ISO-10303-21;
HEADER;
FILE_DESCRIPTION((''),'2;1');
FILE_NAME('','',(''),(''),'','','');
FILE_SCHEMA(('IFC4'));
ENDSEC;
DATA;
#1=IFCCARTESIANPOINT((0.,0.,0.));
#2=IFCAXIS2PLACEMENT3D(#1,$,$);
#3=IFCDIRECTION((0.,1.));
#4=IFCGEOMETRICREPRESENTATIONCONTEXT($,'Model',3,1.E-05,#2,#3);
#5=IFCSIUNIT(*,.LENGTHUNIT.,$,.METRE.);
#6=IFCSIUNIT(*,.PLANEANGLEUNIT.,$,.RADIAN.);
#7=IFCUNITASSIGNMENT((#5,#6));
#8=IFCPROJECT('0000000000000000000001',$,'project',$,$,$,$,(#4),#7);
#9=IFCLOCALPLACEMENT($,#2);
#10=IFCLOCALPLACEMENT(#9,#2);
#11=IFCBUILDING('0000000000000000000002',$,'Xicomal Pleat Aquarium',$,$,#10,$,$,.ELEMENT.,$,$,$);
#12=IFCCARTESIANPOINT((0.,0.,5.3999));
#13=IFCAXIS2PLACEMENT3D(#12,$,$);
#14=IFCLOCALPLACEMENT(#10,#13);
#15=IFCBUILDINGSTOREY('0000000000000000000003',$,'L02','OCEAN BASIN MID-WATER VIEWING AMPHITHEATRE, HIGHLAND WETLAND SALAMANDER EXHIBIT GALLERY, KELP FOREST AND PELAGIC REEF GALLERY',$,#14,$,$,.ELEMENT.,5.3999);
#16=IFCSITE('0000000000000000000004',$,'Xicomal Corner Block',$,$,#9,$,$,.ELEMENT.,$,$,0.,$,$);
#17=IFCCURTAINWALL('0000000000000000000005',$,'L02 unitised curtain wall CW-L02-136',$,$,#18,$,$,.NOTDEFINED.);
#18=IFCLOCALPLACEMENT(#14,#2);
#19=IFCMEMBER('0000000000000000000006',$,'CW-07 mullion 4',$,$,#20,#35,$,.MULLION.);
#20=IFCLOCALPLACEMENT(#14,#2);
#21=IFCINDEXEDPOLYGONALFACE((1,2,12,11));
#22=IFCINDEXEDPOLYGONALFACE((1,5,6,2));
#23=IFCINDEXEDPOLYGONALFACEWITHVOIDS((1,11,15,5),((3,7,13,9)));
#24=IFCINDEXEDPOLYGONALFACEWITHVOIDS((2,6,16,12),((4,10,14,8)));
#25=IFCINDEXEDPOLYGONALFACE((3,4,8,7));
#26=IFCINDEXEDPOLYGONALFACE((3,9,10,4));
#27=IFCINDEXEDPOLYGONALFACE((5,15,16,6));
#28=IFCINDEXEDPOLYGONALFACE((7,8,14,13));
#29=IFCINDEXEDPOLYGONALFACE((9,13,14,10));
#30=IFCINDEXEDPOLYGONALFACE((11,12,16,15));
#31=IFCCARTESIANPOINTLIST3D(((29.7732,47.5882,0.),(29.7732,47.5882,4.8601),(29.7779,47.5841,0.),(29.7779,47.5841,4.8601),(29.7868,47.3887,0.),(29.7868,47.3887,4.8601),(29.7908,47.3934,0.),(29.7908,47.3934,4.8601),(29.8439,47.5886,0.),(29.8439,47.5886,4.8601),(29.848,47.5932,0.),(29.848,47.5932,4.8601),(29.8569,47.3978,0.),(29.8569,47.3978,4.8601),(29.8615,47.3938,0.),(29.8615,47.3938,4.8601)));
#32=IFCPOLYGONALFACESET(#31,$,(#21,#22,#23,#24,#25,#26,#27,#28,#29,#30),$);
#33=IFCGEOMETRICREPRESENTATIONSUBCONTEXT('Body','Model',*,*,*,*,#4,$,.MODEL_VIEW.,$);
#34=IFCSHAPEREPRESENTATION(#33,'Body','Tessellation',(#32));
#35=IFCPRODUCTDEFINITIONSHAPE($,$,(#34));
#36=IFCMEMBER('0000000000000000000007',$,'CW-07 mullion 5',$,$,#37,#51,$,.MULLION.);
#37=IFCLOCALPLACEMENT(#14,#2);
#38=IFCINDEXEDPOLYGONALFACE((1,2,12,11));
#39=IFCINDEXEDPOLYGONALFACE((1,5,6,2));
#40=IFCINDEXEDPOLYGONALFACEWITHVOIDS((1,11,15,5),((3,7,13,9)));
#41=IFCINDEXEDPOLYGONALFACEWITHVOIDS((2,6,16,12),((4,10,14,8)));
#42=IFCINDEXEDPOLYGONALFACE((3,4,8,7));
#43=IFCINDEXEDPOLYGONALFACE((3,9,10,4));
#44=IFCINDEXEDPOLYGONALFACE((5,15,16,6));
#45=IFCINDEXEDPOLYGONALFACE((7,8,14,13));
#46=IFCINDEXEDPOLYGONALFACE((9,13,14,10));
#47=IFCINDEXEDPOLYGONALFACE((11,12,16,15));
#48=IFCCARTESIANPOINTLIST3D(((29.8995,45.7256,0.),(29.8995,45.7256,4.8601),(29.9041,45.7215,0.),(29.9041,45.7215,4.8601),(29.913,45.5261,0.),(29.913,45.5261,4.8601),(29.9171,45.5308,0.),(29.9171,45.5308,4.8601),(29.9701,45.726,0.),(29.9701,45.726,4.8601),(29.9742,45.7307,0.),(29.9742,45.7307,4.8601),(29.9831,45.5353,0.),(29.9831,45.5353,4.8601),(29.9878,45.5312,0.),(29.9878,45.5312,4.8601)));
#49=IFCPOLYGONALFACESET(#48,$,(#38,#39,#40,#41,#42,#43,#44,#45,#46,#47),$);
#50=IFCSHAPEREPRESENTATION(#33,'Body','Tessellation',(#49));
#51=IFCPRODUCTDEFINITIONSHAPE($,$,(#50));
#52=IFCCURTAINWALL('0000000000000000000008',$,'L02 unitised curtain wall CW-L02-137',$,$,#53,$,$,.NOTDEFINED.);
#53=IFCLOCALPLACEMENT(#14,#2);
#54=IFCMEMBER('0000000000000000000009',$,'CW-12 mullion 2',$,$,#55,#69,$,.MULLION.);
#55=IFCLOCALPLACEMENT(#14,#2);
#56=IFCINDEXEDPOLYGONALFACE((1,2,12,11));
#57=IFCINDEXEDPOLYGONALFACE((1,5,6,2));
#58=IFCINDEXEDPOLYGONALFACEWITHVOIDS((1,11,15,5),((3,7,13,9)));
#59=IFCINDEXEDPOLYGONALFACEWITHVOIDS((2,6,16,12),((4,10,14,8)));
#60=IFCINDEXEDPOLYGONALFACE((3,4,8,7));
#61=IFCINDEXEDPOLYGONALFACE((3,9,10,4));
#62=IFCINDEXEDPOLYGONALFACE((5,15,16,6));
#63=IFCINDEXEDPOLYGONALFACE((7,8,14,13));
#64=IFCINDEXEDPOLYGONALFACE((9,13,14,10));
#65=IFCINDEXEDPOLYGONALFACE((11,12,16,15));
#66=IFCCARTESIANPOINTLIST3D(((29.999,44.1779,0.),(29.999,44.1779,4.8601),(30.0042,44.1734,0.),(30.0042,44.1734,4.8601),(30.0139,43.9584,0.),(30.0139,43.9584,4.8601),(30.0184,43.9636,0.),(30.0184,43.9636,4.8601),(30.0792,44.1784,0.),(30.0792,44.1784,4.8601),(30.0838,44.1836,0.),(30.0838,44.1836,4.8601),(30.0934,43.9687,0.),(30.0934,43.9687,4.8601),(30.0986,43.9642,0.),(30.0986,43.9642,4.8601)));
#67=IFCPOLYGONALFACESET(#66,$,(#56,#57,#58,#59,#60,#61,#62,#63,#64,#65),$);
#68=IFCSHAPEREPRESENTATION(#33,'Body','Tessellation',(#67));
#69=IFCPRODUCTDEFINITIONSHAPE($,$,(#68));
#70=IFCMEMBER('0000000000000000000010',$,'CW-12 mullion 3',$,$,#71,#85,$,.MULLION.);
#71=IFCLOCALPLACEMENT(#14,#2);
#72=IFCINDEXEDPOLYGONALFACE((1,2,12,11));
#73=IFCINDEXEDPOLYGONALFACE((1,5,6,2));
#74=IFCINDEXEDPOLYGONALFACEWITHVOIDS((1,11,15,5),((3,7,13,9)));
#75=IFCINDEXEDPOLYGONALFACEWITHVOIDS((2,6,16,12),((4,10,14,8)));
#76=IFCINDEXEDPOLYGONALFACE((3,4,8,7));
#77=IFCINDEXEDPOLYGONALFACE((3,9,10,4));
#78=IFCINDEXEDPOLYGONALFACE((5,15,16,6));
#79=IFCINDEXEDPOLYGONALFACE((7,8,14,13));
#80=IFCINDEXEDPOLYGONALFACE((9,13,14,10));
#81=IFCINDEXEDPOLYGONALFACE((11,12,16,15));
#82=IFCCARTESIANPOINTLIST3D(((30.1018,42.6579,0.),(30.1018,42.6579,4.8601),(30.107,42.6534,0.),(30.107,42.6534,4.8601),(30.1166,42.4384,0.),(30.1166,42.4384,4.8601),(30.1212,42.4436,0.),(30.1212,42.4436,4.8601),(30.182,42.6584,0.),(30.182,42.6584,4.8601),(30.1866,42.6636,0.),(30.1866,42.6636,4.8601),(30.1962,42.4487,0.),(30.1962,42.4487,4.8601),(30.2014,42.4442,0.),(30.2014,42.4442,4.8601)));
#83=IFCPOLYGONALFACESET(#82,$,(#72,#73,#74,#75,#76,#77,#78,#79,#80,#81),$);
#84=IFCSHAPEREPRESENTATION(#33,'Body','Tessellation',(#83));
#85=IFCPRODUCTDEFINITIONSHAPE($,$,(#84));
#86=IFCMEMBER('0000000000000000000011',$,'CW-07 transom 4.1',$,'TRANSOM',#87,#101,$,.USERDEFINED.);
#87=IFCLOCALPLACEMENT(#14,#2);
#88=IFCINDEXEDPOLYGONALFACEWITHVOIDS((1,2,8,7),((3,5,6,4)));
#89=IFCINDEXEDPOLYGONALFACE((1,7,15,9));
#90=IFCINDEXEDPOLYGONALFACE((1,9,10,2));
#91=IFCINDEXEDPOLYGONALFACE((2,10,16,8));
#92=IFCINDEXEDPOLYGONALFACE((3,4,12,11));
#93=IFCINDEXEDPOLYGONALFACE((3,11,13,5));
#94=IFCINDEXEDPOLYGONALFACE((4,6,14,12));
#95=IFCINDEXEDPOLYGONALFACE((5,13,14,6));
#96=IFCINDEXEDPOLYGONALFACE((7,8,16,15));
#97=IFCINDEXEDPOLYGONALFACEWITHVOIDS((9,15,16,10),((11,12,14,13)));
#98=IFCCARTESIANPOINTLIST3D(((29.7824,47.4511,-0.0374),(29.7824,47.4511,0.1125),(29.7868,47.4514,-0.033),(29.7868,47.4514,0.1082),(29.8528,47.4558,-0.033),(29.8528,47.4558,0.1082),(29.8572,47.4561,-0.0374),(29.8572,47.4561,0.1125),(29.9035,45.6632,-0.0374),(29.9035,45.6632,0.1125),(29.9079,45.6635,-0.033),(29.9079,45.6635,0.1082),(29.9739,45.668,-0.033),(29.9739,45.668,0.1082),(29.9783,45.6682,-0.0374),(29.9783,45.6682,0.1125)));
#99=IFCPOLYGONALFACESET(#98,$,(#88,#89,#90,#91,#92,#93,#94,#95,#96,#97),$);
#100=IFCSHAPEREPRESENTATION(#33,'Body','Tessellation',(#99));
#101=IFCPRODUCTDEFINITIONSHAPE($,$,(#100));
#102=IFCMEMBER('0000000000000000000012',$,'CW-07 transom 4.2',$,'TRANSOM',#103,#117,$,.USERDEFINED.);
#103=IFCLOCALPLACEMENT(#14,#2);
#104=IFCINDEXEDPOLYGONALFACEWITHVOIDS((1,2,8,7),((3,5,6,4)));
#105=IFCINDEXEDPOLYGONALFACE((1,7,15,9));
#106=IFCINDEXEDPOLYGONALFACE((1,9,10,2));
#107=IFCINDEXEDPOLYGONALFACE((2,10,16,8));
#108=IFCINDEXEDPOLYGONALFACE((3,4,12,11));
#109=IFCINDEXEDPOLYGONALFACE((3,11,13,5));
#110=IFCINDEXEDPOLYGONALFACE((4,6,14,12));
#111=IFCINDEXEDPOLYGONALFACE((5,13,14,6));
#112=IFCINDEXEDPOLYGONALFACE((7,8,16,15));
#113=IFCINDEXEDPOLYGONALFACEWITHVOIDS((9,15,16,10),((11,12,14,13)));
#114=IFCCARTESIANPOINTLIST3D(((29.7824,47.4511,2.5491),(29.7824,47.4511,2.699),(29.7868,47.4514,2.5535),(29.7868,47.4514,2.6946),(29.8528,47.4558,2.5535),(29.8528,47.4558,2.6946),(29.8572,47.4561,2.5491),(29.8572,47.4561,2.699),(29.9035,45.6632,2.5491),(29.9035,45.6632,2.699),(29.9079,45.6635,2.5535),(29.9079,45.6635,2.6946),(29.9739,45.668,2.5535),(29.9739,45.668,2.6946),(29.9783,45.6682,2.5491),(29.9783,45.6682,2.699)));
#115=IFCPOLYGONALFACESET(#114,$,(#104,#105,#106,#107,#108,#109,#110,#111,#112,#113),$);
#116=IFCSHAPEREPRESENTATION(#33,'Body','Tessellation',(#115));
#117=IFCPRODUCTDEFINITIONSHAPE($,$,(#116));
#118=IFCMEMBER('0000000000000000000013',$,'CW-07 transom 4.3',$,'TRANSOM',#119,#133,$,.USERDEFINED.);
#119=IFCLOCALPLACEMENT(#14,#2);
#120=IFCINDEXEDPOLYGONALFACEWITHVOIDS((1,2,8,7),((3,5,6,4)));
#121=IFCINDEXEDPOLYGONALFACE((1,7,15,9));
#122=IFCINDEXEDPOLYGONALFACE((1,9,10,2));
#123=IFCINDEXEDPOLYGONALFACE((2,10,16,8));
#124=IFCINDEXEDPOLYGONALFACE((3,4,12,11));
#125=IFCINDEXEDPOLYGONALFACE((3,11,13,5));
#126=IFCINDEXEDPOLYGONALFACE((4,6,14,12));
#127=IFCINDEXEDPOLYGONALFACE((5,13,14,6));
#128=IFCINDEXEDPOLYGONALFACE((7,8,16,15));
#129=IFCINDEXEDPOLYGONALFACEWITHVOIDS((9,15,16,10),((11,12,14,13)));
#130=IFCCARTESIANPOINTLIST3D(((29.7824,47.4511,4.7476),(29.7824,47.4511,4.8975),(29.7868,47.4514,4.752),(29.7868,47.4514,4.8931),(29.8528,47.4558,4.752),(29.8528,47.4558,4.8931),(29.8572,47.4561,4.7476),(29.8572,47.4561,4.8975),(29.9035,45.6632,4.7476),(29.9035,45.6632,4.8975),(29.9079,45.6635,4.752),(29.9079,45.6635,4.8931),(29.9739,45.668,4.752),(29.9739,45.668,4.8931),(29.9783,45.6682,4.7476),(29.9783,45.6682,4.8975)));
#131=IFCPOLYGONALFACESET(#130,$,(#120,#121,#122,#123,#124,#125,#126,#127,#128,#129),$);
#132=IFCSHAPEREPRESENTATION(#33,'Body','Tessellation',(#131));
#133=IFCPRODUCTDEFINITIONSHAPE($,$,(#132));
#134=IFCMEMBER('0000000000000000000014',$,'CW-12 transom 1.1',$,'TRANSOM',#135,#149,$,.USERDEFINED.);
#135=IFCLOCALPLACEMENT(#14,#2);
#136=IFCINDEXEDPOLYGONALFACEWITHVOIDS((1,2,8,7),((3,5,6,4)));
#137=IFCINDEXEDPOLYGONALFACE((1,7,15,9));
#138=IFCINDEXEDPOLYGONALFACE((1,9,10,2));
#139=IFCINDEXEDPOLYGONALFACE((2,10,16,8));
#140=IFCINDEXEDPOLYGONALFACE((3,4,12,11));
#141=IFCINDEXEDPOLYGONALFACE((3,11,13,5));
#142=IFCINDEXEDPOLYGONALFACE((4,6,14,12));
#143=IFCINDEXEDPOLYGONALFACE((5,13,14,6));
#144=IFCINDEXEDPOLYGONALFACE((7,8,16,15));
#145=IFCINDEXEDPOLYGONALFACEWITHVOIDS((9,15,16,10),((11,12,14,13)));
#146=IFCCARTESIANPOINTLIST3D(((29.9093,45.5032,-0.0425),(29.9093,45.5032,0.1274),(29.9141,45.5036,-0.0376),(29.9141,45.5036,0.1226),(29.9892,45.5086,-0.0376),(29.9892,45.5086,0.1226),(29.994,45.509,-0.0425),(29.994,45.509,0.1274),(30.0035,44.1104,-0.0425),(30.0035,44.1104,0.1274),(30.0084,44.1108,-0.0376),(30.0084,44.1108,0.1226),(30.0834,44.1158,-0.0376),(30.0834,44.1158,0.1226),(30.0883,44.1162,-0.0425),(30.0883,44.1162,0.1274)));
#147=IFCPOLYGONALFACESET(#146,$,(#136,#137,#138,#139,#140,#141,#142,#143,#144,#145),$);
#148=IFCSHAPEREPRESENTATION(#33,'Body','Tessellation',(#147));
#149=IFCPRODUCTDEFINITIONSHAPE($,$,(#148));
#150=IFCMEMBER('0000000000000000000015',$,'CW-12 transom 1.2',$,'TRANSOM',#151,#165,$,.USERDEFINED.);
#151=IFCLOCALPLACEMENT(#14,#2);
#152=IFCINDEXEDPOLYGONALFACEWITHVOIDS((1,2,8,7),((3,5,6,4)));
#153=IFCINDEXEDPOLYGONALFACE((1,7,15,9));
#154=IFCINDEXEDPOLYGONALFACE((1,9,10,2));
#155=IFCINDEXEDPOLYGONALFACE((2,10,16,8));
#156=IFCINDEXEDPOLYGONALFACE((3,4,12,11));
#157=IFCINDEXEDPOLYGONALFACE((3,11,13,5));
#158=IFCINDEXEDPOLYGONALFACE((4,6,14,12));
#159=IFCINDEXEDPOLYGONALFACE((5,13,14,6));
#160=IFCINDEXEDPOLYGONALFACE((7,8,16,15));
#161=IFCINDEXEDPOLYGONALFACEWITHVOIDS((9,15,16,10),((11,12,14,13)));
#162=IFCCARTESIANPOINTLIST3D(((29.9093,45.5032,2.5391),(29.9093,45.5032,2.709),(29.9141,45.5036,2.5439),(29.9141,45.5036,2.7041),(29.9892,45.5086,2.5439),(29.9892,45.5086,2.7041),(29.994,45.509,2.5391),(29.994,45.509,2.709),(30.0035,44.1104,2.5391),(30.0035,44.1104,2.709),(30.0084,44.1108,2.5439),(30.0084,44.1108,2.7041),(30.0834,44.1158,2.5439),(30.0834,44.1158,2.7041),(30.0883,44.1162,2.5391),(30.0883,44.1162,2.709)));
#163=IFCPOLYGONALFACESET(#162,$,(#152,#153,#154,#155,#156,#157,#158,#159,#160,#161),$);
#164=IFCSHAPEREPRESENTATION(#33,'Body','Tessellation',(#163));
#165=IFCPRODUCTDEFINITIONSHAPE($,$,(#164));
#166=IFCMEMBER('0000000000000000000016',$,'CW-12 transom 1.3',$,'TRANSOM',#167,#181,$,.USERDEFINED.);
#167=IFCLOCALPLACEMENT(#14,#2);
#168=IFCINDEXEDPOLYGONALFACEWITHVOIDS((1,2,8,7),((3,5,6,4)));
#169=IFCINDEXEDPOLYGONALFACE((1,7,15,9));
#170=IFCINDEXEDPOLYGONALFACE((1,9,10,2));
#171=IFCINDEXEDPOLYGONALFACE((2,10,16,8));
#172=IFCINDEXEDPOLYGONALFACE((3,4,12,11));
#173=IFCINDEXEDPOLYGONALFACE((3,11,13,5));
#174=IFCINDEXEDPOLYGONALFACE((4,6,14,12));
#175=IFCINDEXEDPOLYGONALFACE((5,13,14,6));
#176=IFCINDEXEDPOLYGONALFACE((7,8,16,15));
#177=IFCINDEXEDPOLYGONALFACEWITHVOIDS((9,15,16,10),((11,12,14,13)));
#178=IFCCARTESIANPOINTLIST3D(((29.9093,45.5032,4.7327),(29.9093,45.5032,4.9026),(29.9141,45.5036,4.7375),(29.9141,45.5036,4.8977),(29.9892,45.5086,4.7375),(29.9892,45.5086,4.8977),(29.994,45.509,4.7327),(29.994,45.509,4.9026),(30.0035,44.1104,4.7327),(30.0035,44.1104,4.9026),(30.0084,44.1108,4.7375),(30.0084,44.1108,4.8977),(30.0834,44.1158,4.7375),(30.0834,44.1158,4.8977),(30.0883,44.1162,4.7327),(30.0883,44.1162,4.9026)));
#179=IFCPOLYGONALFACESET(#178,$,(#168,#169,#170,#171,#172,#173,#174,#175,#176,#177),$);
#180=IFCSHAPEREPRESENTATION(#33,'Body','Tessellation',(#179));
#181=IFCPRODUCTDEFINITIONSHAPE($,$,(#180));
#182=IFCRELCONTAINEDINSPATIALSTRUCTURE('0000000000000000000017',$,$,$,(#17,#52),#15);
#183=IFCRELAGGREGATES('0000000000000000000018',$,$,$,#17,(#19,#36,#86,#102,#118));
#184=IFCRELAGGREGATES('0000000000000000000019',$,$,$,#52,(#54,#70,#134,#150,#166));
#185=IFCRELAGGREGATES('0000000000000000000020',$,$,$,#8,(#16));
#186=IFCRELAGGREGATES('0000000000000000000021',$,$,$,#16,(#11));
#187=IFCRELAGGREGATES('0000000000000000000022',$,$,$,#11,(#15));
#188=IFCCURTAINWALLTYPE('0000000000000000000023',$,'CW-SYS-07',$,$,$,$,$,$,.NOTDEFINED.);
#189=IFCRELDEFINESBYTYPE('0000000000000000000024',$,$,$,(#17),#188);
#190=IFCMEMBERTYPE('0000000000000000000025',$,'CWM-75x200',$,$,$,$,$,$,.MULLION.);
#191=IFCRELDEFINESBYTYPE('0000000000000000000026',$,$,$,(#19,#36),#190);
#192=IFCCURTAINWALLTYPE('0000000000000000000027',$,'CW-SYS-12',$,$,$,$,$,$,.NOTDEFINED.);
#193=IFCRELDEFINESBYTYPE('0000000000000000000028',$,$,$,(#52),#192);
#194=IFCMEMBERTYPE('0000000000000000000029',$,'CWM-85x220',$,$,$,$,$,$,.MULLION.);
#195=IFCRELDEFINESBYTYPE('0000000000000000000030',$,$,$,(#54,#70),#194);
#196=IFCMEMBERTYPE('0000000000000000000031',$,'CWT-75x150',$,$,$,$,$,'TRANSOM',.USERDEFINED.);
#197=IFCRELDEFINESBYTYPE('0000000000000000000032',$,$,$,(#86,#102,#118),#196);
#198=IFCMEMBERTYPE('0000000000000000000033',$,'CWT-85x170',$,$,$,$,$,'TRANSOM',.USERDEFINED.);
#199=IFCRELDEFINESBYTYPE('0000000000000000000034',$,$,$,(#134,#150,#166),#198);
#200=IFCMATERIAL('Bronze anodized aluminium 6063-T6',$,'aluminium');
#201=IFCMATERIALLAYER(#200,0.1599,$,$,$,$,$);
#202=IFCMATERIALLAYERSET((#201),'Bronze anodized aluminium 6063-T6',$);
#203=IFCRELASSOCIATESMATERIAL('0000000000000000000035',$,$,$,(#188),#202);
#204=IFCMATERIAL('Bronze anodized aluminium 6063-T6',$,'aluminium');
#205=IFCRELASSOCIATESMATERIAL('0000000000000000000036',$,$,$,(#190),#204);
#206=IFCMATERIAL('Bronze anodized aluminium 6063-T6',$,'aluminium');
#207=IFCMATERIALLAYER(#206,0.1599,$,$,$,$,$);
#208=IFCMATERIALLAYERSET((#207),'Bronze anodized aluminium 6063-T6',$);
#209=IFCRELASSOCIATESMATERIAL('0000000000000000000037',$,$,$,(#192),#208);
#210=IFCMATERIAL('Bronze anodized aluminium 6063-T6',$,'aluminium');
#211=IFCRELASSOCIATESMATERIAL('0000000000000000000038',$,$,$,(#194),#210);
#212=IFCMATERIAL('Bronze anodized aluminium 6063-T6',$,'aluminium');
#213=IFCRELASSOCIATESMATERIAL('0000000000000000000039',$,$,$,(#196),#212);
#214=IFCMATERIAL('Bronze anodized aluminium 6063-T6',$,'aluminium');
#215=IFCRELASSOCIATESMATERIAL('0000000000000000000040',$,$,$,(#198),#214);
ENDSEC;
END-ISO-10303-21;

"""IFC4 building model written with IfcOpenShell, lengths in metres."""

from ifc_helpers import new_model, si_unit, direction, frame, origin, origin_2d, place, context, subcontext, project, spatial, hollow_rectangle, extrude, material, layer, layer_set, material_profile, profile_set, type_object, element, aggregate, save


model = new_model("IFC4")

# Units and contexts
model_context = context("Model", 3, precision=1e-05, world=origin(), true_north=direction((0.0, 1.0)))
body_context = subcontext(model_context, "Body", "Model", "MODEL_VIEW")
ifc_project = project(units=[si_unit("LENGTHUNIT", "METRE"), si_unit("PLANEANGLEUNIT", "RADIAN")], contexts=[model_context])

# Site, building, storey
site_placement = place(None, origin())
site = spatial("IfcSite", under=ifc_project, at=site_placement, Name="Xicomal Corner Block", CompositionType="ELEMENT", RefElevation=0.0)
building_placement = place(site_placement, origin())
building = spatial("IfcBuilding", under=site, at=building_placement, Name="Xicomal Pleat Aquarium", CompositionType="ELEMENT")
storey_placement = place(building_placement, frame((0.0, 0.0, 5.3999)))
storey = spatial("IfcBuildingStorey", under=building, at=storey_placement, Name="L02", Description="OCEAN BASIN MID-WATER VIEWING AMPHITHEATRE, HIGHLAND WETLAND SALAMANDER EXHIBIT GALLERY, KELP FOREST AND PELAGIC REEF GALLERY", CompositionType="ELEMENT", Elevation=5.3999)

# Curtain walls, members
ifc_material_1 = material(Name="Bronze anodized aluminium 6063-T6", Category="aluminium")
ifc_layer_1 = layer(ifc_material_1, 0.1599)
ifc_layer_set_1 = layer_set([ifc_layer_1], Name="Bronze anodized aluminium 6063-T6")
curtain_wall_type_1 = type_object("IfcCurtainWallType", Name="CW-SYS-07", PredefinedType="NOTDEFINED", material=ifc_layer_set_1)
curtain_wall_1_placement = place(storey_placement, origin())
curtain_wall_1 = element("IfcCurtainWall", 1, at=curtain_wall_1_placement, inside=storey, type_object=curtain_wall_type_1, Name="L02 unitised curtain wall CW-L02-136", PredefinedType="NOTDEFINED")
ifc_material_2 = material(Name="Bronze anodized aluminium 6063-T6", Category="aluminium")
ifc_material_profile_1 = material_profile(ifc_material_2, hollow_rectangle(XDim=0.075, YDim=0.2, WallThickness=0.0044, at=origin_2d()), Name="ALU MULL 75x200")
ifc_profile_set_1 = profile_set([ifc_material_profile_1], Name="Bronze anodized aluminium 6063-T6")
member_type_1 = type_object("IfcMemberType", Name="CWM-75x200", PredefinedType="MULLION", material=ifc_profile_set_1)
member_1_placement = place(storey_placement, frame((29.8174, 47.491, 0.0), z_axis=(0.0, 0.0, 1.0), x_axis=(0.997712, 0.067608, 0.0)))
member_1 = element("IfcMember", 2, at=member_1_placement, type_object=member_type_1, Name="CW-07 mullion 4", PredefinedType="MULLION", context=body_context, shape_type="SweptSolid", body=[
    extrude(hollow_rectangle(XDim=0.075, YDim=0.2, WallThickness=0.0044, at=origin_2d()), origin(), (0.0, 0.0, 1.0), 4.8601),
])
member_2_placement = place(storey_placement, frame((29.9436, 45.6284, 0.0), z_axis=(0.0, 0.0, 1.0), x_axis=(0.997712, 0.067608, 0.0)))
member_2 = element("IfcMember", 3, at=member_2_placement, type_object=member_type_1, Name="CW-07 mullion 5", PredefinedType="MULLION", context=body_context, shape_type="SweptSolid", body=[
    extrude(hollow_rectangle(XDim=0.075, YDim=0.2, WallThickness=0.0044, at=origin_2d()), origin(), (0.0, 0.0, 1.0), 4.8601),
])
ifc_material_3 = material(Name="Bronze anodized aluminium 6063-T6", Category="aluminium")
ifc_layer_2 = layer(ifc_material_3, 0.1599)
ifc_layer_set_2 = layer_set([ifc_layer_2], Name="Bronze anodized aluminium 6063-T6")
curtain_wall_type_2 = type_object("IfcCurtainWallType", Name="CW-SYS-12", PredefinedType="NOTDEFINED", material=ifc_layer_set_2)
curtain_wall_2_placement = place(storey_placement, origin())
curtain_wall_2 = element("IfcCurtainWall", 4, at=curtain_wall_2_placement, inside=storey, type_object=curtain_wall_type_2, Name="L02 unitised curtain wall CW-L02-137", PredefinedType="NOTDEFINED")
ifc_material_4 = material(Name="Bronze anodized aluminium 6063-T6", Category="aluminium")
ifc_material_profile_2 = material_profile(ifc_material_4, hollow_rectangle(XDim=0.085, YDim=0.22, WallThickness=0.0049, at=origin_2d()), Name="ALU MULL 85x220")
ifc_profile_set_2 = profile_set([ifc_material_profile_2], Name="Bronze anodized aluminium 6063-T6")
member_type_2 = type_object("IfcMemberType", Name="CWM-85x220", PredefinedType="MULLION", material=ifc_profile_set_2)
member_3_placement = place(storey_placement, frame((30.0488, 44.071, 0.0), z_axis=(0.0, 0.0, 1.0), x_axis=(0.997721, 0.067477, 0.0)))
member_3 = element("IfcMember", 5, at=member_3_placement, type_object=member_type_2, Name="CW-12 mullion 2", PredefinedType="MULLION", context=body_context, shape_type="SweptSolid", body=[
    extrude(hollow_rectangle(XDim=0.085, YDim=0.22, WallThickness=0.0049, at=origin_2d()), origin(), (0.0, 0.0, 1.0), 4.8601),
])
member_4_placement = place(storey_placement, frame((30.1516, 42.551, 0.0), z_axis=(0.0, 0.0, 1.0), x_axis=(0.997721, 0.067477, 0.0)))
member_4 = element("IfcMember", 6, at=member_4_placement, type_object=member_type_2, Name="CW-12 mullion 3", PredefinedType="MULLION", context=body_context, shape_type="SweptSolid", body=[
    extrude(hollow_rectangle(XDim=0.085, YDim=0.22, WallThickness=0.0049, at=origin_2d()), origin(), (0.0, 0.0, 1.0), 4.8601),
])

# Members
ifc_material_5 = material(Name="Bronze anodized aluminium 6063-T6", Category="aluminium")
ifc_material_profile_3 = material_profile(ifc_material_5, hollow_rectangle(XDim=0.075, YDim=0.1499, WallThickness=0.0044, at=origin_2d()), Name="ALU TRAN 75x150")
ifc_profile_set_3 = profile_set([ifc_material_profile_3], Name="Bronze anodized aluminium 6063-T6")
member_type_3 = type_object("IfcMemberType", Name="CWT-75x150", ElementType="TRANSOM", PredefinedType="USERDEFINED", material=ifc_profile_set_3)
member_5_placement = place(storey_placement, frame((29.8198, 47.4536, 0.0376), z_axis=(0.067577, -0.997714, 0.0), x_axis=(0.997714, 0.067577, 0.0)))
member_5 = element("IfcMember", 7, at=member_5_placement, type_object=member_type_3, Name="CW-07 transom 4.1", ObjectType="TRANSOM", PredefinedType="USERDEFINED", context=body_context, shape_type="SweptSolid", body=[
    extrude(hollow_rectangle(XDim=0.075, YDim=0.1499, WallThickness=0.0044, at=origin_2d()), origin(), (0.0, 0.0, 1.0), 1.792),
])
member_6_placement = place(storey_placement, frame((29.8198, 47.4536, 2.624), z_axis=(0.067577, -0.997714, 0.0), x_axis=(0.997714, 0.067577, 0.0)))
member_6 = element("IfcMember", 8, at=member_6_placement, type_object=member_type_3, Name="CW-07 transom 4.2", ObjectType="TRANSOM", PredefinedType="USERDEFINED", context=body_context, shape_type="SweptSolid", body=[
    extrude(hollow_rectangle(XDim=0.075, YDim=0.1499, WallThickness=0.0044, at=origin_2d()), origin(), (0.0, 0.0, 1.0), 1.792),
])
member_7_placement = place(storey_placement, frame((29.8198, 47.4536, 4.8225), z_axis=(0.067577, -0.997714, 0.0), x_axis=(0.997714, 0.067577, 0.0)))
member_7 = element("IfcMember", 9, at=member_7_placement, type_object=member_type_3, Name="CW-07 transom 4.3", ObjectType="TRANSOM", PredefinedType="USERDEFINED", context=body_context, shape_type="SweptSolid", body=[
    extrude(hollow_rectangle(XDim=0.075, YDim=0.1499, WallThickness=0.0044, at=origin_2d()), origin(), (0.0, 0.0, 1.0), 1.792),
])
ifc_material_6 = material(Name="Bronze anodized aluminium 6063-T6", Category="aluminium")
ifc_material_profile_4 = material_profile(ifc_material_6, hollow_rectangle(XDim=0.085, YDim=0.1699, WallThickness=0.0049, at=origin_2d()), Name="ALU TRAN 85x170")
ifc_profile_set_4 = profile_set([ifc_material_profile_4], Name="Bronze anodized aluminium 6063-T6")
member_type_4 = type_object("IfcMemberType", Name="CWT-85x170", ElementType="TRANSOM", PredefinedType="USERDEFINED", material=ifc_profile_set_4)
member_8_placement = place(storey_placement, frame((29.9517, 45.5061, 0.0425), z_axis=(0.067506, -0.997719, 0.0), x_axis=(0.997719, 0.067506, 0.0)))
member_8 = element("IfcMember", 10, at=member_8_placement, type_object=member_type_4, Name="CW-12 transom 1.1", ObjectType="TRANSOM", PredefinedType="USERDEFINED", context=body_context, shape_type="SweptSolid", body=[
    extrude(hollow_rectangle(XDim=0.085, YDim=0.1699, WallThickness=0.0049, at=origin_2d()), origin(), (0.0, 0.0, 1.0), 1.396),
])
member_9_placement = place(storey_placement, frame((29.9517, 45.5061, 2.624), z_axis=(0.067506, -0.997719, 0.0), x_axis=(0.997719, 0.067506, 0.0)))
member_9 = element("IfcMember", 11, at=member_9_placement, type_object=member_type_4, Name="CW-12 transom 1.2", ObjectType="TRANSOM", PredefinedType="USERDEFINED", context=body_context, shape_type="SweptSolid", body=[
    extrude(hollow_rectangle(XDim=0.085, YDim=0.1699, WallThickness=0.0049, at=origin_2d()), origin(), (0.0, 0.0, 1.0), 1.396),
])
member_10_placement = place(storey_placement, frame((29.9517, 45.5061, 4.8176), z_axis=(0.067506, -0.997719, 0.0), x_axis=(0.997719, 0.067506, 0.0)))
member_10 = element("IfcMember", 12, at=member_10_placement, type_object=member_type_4, Name="CW-12 transom 1.3", ObjectType="TRANSOM", PredefinedType="USERDEFINED", context=body_context, shape_type="SweptSolid", body=[
    extrude(hollow_rectangle(XDim=0.085, YDim=0.1699, WallThickness=0.0049, at=origin_2d()), origin(), (0.0, 0.0, 1.0), 1.396),
])

aggregate(curtain_wall_1, [member_1, member_2, member_5, member_6, member_7])
aggregate(curtain_wall_2, [member_3, member_4, member_8, member_9, member_10])

save(model, "model.ifc")
